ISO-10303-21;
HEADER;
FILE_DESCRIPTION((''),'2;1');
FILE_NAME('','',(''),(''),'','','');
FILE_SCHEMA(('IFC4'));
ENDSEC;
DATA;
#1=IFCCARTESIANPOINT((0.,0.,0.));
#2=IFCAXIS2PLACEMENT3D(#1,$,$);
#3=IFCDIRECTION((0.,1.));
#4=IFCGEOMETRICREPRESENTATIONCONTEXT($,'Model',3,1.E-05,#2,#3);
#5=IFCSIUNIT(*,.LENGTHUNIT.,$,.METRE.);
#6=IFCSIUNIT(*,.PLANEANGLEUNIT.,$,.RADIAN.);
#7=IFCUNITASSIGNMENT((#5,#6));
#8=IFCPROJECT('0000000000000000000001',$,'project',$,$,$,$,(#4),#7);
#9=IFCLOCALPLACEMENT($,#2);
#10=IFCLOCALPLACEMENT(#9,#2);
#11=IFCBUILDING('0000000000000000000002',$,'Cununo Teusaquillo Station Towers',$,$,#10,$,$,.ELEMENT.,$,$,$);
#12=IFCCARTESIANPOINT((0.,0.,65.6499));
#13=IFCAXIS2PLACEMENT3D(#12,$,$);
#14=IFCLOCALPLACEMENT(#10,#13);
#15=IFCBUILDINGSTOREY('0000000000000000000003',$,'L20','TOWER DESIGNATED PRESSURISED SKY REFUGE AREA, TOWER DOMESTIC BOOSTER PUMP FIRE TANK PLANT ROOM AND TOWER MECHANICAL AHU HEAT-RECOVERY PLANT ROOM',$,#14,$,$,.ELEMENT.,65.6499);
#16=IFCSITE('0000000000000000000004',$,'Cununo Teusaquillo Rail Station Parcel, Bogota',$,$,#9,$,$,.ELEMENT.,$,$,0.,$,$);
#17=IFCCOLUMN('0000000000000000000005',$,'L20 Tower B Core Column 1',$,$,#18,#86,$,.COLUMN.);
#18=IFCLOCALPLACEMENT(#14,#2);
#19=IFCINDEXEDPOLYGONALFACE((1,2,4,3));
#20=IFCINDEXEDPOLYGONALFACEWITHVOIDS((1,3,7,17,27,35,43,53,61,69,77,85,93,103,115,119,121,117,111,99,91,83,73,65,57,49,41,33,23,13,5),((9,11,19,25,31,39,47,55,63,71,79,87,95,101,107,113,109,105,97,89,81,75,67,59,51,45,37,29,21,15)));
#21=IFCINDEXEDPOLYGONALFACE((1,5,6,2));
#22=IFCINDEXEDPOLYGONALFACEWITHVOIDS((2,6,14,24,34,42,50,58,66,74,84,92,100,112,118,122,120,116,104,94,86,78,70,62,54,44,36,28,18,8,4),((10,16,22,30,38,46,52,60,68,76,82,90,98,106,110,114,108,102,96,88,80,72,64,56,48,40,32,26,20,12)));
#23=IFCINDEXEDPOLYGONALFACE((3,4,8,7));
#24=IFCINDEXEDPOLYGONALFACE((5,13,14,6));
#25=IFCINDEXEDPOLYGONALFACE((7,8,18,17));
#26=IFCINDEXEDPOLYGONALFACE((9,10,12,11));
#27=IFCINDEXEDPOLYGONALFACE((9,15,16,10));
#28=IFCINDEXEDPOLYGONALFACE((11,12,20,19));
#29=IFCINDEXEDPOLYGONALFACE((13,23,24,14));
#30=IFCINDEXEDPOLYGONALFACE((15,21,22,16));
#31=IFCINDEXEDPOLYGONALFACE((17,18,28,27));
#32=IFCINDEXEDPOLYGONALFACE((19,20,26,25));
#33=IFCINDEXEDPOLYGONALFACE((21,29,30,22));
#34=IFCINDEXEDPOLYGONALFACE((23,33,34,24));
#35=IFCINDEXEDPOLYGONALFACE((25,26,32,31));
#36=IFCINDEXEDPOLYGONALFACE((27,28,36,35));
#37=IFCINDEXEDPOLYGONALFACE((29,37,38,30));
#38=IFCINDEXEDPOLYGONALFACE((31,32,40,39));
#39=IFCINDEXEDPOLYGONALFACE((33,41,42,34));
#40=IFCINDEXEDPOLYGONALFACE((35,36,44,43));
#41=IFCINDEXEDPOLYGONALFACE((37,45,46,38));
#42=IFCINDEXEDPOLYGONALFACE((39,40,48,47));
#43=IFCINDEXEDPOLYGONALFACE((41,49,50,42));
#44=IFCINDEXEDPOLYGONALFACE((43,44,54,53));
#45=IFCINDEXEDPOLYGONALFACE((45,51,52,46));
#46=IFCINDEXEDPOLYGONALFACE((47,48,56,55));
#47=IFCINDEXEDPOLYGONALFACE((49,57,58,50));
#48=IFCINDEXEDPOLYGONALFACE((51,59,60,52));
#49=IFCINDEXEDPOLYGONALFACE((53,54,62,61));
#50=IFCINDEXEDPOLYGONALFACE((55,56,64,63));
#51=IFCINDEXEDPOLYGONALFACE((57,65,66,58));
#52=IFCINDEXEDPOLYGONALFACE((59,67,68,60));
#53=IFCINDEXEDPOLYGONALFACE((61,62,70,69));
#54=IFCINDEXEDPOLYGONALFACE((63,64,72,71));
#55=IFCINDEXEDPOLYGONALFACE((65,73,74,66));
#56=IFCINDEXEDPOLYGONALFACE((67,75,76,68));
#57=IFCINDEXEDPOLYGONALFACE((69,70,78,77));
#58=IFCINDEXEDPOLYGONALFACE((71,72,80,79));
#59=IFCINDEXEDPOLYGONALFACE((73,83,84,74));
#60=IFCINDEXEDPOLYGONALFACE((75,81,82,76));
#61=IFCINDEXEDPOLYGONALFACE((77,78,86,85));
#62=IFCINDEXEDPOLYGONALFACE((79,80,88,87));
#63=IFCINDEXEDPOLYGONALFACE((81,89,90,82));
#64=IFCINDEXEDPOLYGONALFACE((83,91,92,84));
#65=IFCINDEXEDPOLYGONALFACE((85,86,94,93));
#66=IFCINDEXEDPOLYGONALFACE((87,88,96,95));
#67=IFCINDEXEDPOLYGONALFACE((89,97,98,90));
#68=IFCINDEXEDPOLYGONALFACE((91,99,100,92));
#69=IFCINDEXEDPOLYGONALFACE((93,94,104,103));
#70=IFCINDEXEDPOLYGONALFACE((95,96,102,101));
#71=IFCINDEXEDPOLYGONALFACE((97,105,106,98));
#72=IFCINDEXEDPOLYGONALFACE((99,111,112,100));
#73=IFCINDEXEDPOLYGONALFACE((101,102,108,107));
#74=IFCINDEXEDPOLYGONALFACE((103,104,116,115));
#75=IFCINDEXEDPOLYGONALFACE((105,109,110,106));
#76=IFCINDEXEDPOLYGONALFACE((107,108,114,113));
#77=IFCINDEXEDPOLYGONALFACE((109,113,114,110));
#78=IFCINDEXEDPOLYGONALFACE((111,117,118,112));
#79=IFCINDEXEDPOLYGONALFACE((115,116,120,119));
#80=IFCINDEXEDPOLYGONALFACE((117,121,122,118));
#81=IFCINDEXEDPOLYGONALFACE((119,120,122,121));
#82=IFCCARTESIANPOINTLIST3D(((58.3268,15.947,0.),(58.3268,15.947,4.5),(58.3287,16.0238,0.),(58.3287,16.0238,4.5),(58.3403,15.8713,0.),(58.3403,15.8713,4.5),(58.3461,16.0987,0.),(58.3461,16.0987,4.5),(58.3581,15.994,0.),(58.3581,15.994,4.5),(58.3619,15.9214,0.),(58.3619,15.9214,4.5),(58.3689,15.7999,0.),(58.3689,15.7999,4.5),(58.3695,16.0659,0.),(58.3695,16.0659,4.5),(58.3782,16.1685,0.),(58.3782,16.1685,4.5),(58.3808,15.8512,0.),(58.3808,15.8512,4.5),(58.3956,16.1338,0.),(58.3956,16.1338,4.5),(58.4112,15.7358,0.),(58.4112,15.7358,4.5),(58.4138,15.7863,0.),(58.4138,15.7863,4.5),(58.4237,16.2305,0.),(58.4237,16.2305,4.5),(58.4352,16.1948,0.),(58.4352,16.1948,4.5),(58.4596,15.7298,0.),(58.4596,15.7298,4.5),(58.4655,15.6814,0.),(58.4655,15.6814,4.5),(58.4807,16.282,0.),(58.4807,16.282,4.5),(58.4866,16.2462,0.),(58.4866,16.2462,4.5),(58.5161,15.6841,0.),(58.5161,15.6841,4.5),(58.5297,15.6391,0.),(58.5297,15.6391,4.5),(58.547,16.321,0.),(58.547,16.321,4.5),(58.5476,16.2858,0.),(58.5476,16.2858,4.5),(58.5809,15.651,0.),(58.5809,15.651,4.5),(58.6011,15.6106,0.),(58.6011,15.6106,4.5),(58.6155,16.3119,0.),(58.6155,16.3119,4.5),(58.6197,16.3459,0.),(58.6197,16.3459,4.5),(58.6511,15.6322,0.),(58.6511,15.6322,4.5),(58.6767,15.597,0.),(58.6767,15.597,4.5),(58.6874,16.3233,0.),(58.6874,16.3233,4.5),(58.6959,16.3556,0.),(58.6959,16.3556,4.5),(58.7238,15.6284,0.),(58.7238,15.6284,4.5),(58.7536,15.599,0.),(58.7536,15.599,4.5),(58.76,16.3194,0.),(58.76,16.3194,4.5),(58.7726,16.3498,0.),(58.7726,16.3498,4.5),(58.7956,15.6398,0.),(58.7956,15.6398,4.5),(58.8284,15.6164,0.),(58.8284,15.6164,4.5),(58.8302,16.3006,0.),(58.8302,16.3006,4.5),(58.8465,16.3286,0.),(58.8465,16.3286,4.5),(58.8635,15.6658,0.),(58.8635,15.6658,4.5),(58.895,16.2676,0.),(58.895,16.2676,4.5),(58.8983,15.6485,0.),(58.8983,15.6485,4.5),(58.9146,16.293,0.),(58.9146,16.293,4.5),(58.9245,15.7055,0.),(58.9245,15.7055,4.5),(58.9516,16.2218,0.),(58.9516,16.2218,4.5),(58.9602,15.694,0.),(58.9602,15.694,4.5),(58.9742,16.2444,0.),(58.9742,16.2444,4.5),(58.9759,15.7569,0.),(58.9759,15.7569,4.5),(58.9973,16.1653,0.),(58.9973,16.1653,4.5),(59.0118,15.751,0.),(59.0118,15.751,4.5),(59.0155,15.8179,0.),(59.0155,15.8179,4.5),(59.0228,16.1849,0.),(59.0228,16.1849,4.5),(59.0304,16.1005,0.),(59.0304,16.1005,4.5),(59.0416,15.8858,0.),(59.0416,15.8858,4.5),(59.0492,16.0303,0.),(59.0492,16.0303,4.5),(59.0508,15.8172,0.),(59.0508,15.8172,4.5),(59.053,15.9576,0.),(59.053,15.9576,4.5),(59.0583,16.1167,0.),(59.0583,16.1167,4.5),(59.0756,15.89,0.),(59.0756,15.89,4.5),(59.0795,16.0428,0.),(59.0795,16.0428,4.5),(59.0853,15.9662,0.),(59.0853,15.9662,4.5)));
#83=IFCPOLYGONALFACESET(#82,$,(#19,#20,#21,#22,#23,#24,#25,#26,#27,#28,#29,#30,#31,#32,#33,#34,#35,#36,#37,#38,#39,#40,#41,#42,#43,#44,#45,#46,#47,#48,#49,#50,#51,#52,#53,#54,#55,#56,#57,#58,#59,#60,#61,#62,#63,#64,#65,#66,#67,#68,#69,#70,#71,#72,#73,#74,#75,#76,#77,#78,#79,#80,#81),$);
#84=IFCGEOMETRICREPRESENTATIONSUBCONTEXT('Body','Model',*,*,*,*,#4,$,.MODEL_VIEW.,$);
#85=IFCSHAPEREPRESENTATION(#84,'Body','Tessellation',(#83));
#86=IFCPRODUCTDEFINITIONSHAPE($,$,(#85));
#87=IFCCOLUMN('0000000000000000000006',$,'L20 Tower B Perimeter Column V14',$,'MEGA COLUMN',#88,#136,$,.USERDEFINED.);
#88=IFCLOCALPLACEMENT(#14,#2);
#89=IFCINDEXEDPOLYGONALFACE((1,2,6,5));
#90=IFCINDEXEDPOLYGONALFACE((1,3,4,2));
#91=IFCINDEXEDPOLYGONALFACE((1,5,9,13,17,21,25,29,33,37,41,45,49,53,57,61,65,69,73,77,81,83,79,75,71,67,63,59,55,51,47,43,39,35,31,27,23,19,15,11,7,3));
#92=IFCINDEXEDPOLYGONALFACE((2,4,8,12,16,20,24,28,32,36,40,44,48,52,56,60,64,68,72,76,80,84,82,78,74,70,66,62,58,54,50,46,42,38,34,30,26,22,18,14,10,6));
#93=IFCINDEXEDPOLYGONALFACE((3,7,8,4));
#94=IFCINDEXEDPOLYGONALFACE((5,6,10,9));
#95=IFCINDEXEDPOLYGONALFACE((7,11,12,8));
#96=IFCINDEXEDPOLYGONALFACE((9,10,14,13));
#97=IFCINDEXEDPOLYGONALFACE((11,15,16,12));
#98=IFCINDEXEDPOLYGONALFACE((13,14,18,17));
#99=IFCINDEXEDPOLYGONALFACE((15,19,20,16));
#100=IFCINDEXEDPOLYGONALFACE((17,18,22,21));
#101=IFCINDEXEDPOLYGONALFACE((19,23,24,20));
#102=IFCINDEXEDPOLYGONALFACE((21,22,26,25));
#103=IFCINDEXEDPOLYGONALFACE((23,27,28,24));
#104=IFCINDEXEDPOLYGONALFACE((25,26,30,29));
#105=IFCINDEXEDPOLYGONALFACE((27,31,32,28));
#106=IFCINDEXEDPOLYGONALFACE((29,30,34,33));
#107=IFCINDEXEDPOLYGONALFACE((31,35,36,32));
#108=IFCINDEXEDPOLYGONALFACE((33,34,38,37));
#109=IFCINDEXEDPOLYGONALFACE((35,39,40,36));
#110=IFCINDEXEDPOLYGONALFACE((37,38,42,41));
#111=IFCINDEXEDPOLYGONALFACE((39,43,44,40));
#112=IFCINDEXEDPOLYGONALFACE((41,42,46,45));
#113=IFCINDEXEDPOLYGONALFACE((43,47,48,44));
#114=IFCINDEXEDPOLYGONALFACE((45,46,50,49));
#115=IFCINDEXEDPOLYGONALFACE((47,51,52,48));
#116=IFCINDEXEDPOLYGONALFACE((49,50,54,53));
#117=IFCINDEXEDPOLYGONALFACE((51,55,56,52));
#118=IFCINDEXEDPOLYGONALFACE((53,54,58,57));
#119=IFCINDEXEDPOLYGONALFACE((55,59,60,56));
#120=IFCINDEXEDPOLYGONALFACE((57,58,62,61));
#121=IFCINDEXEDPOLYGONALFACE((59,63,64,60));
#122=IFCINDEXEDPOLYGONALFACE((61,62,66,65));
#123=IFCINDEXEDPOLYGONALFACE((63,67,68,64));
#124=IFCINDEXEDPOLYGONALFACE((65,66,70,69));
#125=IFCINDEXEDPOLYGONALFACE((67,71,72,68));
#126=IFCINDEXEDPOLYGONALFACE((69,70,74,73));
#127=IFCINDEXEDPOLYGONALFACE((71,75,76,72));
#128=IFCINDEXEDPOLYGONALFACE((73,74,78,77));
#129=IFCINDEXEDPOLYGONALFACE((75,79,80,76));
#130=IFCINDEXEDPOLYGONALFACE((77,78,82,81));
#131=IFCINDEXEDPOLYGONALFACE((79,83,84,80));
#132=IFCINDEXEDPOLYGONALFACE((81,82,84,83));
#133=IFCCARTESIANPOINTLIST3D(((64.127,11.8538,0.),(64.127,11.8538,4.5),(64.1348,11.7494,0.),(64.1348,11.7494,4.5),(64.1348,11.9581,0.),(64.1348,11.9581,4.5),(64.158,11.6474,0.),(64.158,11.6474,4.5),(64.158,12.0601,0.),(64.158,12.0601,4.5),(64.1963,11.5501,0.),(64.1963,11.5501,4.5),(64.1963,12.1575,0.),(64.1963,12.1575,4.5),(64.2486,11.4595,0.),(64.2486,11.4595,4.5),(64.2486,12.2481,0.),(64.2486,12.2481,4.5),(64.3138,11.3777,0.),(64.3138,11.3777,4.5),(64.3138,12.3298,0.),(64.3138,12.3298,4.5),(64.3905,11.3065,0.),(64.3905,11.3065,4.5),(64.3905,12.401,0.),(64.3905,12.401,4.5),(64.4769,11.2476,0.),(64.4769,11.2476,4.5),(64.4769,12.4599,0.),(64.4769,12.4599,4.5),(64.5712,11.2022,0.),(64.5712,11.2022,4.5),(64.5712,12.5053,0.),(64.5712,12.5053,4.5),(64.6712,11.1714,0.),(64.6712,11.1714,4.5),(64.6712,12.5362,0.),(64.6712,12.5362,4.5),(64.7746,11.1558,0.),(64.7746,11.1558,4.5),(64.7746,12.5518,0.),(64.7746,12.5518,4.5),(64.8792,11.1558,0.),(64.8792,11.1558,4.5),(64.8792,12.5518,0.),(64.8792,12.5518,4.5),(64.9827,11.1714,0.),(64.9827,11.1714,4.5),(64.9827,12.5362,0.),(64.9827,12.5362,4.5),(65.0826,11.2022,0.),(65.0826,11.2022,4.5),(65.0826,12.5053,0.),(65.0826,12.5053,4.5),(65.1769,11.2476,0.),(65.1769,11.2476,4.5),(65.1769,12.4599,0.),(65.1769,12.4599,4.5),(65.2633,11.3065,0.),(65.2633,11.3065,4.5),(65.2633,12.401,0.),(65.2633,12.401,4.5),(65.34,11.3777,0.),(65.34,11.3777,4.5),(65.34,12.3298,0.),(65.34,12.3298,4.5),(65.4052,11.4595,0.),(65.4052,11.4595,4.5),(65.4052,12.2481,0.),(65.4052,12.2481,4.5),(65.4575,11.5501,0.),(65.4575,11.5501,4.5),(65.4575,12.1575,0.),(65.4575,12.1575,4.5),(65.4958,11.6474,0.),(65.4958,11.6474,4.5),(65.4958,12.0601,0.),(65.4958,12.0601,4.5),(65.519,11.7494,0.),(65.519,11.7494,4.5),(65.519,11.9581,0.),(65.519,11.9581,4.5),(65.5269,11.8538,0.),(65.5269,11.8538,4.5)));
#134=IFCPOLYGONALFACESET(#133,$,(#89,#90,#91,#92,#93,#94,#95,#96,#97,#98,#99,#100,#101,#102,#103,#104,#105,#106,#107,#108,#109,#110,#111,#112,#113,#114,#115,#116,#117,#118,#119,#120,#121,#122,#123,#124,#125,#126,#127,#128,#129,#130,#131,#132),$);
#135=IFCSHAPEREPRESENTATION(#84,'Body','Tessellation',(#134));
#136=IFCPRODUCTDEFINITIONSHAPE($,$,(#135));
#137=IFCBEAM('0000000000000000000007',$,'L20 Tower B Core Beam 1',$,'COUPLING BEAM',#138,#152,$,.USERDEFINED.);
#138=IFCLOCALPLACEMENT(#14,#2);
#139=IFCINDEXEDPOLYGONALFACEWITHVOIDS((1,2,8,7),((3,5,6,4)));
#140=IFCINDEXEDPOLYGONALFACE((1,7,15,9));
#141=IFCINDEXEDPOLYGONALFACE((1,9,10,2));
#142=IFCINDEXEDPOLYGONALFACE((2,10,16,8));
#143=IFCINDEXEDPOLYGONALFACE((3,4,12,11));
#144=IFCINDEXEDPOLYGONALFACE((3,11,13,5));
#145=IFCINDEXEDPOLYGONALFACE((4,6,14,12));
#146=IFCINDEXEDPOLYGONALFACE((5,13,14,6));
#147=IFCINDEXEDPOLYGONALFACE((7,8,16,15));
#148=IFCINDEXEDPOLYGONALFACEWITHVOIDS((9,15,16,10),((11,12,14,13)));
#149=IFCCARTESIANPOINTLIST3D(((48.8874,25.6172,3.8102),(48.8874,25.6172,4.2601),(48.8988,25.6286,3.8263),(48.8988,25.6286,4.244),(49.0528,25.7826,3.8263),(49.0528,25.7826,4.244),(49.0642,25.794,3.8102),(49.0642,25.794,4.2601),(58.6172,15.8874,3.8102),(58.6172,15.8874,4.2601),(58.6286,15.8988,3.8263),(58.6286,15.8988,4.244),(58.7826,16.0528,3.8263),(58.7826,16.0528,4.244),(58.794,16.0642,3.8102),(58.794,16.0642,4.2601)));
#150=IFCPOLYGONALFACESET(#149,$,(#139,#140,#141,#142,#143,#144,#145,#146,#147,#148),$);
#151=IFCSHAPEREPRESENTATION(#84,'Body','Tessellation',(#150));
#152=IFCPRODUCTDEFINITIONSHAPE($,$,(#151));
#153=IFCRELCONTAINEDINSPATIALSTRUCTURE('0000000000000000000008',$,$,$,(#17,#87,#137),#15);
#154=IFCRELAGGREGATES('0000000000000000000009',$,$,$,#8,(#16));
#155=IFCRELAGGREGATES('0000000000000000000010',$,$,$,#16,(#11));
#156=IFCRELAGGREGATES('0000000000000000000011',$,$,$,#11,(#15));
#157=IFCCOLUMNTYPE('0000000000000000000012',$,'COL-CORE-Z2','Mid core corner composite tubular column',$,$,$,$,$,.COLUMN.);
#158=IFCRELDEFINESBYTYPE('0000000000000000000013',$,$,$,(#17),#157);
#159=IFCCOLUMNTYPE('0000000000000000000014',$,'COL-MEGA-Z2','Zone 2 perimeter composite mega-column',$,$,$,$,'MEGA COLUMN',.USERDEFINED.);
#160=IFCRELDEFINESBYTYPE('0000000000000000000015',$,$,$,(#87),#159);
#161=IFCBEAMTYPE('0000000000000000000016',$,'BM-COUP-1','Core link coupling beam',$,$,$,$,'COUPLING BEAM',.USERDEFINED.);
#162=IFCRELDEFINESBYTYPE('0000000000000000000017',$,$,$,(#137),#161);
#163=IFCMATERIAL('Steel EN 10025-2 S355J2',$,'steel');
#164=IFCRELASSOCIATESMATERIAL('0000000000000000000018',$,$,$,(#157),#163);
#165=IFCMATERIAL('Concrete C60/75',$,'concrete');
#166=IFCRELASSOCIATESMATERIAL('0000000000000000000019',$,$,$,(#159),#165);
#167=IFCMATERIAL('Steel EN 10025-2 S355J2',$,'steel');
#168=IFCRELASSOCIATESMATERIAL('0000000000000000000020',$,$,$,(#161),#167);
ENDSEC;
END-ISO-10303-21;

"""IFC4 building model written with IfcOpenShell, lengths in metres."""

from ifc_helpers import new_model, si_unit, direction, frame, origin, origin_2d, place, context, subcontext, project, spatial, hollow_rectangle, circle, hollow_circle, extrude, material, material_profile, profile_set, type_object, element, save


model = new_model("IFC4")

# Units and contexts
model_context = context("Model", 3, precision=1e-05, world=origin(), true_north=direction((0.0, 1.0)))
body_context = subcontext(model_context, "Body", "Model", "MODEL_VIEW")
ifc_project = project(units=[si_unit("LENGTHUNIT", "METRE"), si_unit("PLANEANGLEUNIT", "RADIAN")], contexts=[model_context])

# Site, building, storey
site_placement = place(None, origin())
site = spatial("IfcSite", under=ifc_project, at=site_placement, Name="Cununo Teusaquillo Rail Station Parcel, Bogota", CompositionType="ELEMENT", RefElevation=0.0)
building_placement = place(site_placement, origin())
building = spatial("IfcBuilding", under=site, at=building_placement, Name="Cununo Teusaquillo Station Towers", CompositionType="ELEMENT")
storey_placement = place(building_placement, frame((0.0, 0.0, 65.6499)))
storey = spatial("IfcBuildingStorey", under=building, at=storey_placement, Name="L20", Description="TOWER DESIGNATED PRESSURISED SKY REFUGE AREA, TOWER DOMESTIC BOOSTER PUMP FIRE TANK PLANT ROOM AND TOWER MECHANICAL AHU HEAT-RECOVERY PLANT ROOM", CompositionType="ELEMENT", Elevation=65.6499)

# Columns
ifc_material_1 = material(Name="Steel EN 10025-2 S355J2", Category="steel")
ifc_material_profile_1 = material_profile(ifc_material_1, hollow_circle(Radius=0.3799, WallThickness=0.032, at=origin_2d()), Name="CHS 760x32")
ifc_profile_set_1 = profile_set([ifc_material_profile_1], Name="Steel EN 10025-2 S355J2")
column_type_1 = type_object("IfcColumnType", Name="COL-CORE-Z2", Description="Mid core corner composite tubular column", PredefinedType="COLUMN", material=ifc_profile_set_1)
column_1_placement = place(storey_placement, frame((58.7056, 15.9758, 0.0), z_axis=(0.0, 0.0, 1.0), x_axis=(0.707107, 0.707107, 0.0)))
element("IfcColumn", 1, at=column_1_placement, inside=storey, type_object=column_type_1, Name="L20 Tower B Core Column 1", PredefinedType="COLUMN", context=body_context, shape_type="SweptSolid", body=[
    extrude(hollow_circle(Radius=0.3799, WallThickness=0.032, at=origin_2d()), origin(), (0.0, 0.0, 1.0), 4.5),
])
ifc_material_2 = material(Name="Concrete C60/75", Category="concrete")
ifc_material_profile_2 = material_profile(ifc_material_2, circle(Radius=0.7, at=origin_2d()), Name="RC-CIRC-1400")
ifc_profile_set_2 = profile_set([ifc_material_profile_2], Name="Concrete C60/75")
column_type_2 = type_object("IfcColumnType", Name="COL-MEGA-Z2", Description="Zone 2 perimeter composite mega-column", ElementType="MEGA COLUMN", PredefinedType="USERDEFINED", material=ifc_profile_set_2)
column_2_placement = place(storey_placement, frame((64.8269, 11.8538, 0.0), z_axis=(0.0, 0.0, 1.0), x_axis=(1.0, 0.0, 0.0)))
element("IfcColumn", 2, at=column_2_placement, inside=storey, type_object=column_type_2, Name="L20 Tower B Perimeter Column V14", ObjectType="MEGA COLUMN", PredefinedType="USERDEFINED", context=body_context, shape_type="SweptSolid", body=[
    extrude(circle(Radius=0.7, at=origin_2d()), origin(), (0.0, 0.0, 1.0), 4.5),
])

# Beam
ifc_material_3 = material(Name="Steel EN 10025-2 S355J2", Category="steel")
ifc_material_profile_3 = material_profile(ifc_material_3, hollow_rectangle(XDim=0.25, YDim=0.45, WallThickness=0.0161, at=origin_2d()), Name="RHS 450x250x16")
ifc_profile_set_3 = profile_set([ifc_material_profile_3], Name="Steel EN 10025-2 S355J2")
beam_type_1 = type_object("IfcBeamType", Name="BM-COUP-1", Description="Core link coupling beam", ElementType="COUPLING BEAM", PredefinedType="USERDEFINED", material=ifc_profile_set_3)
beam_1_placement = place(storey_placement, frame((58.7056, 15.9758, 4.0352), z_axis=(-0.707107, 0.707107, 0.0), x_axis=(-0.707107, -0.707107, 0.0)))
element("IfcBeam", 3, at=beam_1_placement, inside=storey, type_object=beam_type_1, Name="L20 Tower B Core Beam 1", ObjectType="COUPLING BEAM", PredefinedType="USERDEFINED", context=body_context, shape_type="SweptSolid", body=[
    extrude(hollow_rectangle(XDim=0.25, YDim=0.45, WallThickness=0.0161, at=origin_2d()), origin(), (0.0, 0.0, 1.0), 13.76),
])

save(model, "model.ifc")
